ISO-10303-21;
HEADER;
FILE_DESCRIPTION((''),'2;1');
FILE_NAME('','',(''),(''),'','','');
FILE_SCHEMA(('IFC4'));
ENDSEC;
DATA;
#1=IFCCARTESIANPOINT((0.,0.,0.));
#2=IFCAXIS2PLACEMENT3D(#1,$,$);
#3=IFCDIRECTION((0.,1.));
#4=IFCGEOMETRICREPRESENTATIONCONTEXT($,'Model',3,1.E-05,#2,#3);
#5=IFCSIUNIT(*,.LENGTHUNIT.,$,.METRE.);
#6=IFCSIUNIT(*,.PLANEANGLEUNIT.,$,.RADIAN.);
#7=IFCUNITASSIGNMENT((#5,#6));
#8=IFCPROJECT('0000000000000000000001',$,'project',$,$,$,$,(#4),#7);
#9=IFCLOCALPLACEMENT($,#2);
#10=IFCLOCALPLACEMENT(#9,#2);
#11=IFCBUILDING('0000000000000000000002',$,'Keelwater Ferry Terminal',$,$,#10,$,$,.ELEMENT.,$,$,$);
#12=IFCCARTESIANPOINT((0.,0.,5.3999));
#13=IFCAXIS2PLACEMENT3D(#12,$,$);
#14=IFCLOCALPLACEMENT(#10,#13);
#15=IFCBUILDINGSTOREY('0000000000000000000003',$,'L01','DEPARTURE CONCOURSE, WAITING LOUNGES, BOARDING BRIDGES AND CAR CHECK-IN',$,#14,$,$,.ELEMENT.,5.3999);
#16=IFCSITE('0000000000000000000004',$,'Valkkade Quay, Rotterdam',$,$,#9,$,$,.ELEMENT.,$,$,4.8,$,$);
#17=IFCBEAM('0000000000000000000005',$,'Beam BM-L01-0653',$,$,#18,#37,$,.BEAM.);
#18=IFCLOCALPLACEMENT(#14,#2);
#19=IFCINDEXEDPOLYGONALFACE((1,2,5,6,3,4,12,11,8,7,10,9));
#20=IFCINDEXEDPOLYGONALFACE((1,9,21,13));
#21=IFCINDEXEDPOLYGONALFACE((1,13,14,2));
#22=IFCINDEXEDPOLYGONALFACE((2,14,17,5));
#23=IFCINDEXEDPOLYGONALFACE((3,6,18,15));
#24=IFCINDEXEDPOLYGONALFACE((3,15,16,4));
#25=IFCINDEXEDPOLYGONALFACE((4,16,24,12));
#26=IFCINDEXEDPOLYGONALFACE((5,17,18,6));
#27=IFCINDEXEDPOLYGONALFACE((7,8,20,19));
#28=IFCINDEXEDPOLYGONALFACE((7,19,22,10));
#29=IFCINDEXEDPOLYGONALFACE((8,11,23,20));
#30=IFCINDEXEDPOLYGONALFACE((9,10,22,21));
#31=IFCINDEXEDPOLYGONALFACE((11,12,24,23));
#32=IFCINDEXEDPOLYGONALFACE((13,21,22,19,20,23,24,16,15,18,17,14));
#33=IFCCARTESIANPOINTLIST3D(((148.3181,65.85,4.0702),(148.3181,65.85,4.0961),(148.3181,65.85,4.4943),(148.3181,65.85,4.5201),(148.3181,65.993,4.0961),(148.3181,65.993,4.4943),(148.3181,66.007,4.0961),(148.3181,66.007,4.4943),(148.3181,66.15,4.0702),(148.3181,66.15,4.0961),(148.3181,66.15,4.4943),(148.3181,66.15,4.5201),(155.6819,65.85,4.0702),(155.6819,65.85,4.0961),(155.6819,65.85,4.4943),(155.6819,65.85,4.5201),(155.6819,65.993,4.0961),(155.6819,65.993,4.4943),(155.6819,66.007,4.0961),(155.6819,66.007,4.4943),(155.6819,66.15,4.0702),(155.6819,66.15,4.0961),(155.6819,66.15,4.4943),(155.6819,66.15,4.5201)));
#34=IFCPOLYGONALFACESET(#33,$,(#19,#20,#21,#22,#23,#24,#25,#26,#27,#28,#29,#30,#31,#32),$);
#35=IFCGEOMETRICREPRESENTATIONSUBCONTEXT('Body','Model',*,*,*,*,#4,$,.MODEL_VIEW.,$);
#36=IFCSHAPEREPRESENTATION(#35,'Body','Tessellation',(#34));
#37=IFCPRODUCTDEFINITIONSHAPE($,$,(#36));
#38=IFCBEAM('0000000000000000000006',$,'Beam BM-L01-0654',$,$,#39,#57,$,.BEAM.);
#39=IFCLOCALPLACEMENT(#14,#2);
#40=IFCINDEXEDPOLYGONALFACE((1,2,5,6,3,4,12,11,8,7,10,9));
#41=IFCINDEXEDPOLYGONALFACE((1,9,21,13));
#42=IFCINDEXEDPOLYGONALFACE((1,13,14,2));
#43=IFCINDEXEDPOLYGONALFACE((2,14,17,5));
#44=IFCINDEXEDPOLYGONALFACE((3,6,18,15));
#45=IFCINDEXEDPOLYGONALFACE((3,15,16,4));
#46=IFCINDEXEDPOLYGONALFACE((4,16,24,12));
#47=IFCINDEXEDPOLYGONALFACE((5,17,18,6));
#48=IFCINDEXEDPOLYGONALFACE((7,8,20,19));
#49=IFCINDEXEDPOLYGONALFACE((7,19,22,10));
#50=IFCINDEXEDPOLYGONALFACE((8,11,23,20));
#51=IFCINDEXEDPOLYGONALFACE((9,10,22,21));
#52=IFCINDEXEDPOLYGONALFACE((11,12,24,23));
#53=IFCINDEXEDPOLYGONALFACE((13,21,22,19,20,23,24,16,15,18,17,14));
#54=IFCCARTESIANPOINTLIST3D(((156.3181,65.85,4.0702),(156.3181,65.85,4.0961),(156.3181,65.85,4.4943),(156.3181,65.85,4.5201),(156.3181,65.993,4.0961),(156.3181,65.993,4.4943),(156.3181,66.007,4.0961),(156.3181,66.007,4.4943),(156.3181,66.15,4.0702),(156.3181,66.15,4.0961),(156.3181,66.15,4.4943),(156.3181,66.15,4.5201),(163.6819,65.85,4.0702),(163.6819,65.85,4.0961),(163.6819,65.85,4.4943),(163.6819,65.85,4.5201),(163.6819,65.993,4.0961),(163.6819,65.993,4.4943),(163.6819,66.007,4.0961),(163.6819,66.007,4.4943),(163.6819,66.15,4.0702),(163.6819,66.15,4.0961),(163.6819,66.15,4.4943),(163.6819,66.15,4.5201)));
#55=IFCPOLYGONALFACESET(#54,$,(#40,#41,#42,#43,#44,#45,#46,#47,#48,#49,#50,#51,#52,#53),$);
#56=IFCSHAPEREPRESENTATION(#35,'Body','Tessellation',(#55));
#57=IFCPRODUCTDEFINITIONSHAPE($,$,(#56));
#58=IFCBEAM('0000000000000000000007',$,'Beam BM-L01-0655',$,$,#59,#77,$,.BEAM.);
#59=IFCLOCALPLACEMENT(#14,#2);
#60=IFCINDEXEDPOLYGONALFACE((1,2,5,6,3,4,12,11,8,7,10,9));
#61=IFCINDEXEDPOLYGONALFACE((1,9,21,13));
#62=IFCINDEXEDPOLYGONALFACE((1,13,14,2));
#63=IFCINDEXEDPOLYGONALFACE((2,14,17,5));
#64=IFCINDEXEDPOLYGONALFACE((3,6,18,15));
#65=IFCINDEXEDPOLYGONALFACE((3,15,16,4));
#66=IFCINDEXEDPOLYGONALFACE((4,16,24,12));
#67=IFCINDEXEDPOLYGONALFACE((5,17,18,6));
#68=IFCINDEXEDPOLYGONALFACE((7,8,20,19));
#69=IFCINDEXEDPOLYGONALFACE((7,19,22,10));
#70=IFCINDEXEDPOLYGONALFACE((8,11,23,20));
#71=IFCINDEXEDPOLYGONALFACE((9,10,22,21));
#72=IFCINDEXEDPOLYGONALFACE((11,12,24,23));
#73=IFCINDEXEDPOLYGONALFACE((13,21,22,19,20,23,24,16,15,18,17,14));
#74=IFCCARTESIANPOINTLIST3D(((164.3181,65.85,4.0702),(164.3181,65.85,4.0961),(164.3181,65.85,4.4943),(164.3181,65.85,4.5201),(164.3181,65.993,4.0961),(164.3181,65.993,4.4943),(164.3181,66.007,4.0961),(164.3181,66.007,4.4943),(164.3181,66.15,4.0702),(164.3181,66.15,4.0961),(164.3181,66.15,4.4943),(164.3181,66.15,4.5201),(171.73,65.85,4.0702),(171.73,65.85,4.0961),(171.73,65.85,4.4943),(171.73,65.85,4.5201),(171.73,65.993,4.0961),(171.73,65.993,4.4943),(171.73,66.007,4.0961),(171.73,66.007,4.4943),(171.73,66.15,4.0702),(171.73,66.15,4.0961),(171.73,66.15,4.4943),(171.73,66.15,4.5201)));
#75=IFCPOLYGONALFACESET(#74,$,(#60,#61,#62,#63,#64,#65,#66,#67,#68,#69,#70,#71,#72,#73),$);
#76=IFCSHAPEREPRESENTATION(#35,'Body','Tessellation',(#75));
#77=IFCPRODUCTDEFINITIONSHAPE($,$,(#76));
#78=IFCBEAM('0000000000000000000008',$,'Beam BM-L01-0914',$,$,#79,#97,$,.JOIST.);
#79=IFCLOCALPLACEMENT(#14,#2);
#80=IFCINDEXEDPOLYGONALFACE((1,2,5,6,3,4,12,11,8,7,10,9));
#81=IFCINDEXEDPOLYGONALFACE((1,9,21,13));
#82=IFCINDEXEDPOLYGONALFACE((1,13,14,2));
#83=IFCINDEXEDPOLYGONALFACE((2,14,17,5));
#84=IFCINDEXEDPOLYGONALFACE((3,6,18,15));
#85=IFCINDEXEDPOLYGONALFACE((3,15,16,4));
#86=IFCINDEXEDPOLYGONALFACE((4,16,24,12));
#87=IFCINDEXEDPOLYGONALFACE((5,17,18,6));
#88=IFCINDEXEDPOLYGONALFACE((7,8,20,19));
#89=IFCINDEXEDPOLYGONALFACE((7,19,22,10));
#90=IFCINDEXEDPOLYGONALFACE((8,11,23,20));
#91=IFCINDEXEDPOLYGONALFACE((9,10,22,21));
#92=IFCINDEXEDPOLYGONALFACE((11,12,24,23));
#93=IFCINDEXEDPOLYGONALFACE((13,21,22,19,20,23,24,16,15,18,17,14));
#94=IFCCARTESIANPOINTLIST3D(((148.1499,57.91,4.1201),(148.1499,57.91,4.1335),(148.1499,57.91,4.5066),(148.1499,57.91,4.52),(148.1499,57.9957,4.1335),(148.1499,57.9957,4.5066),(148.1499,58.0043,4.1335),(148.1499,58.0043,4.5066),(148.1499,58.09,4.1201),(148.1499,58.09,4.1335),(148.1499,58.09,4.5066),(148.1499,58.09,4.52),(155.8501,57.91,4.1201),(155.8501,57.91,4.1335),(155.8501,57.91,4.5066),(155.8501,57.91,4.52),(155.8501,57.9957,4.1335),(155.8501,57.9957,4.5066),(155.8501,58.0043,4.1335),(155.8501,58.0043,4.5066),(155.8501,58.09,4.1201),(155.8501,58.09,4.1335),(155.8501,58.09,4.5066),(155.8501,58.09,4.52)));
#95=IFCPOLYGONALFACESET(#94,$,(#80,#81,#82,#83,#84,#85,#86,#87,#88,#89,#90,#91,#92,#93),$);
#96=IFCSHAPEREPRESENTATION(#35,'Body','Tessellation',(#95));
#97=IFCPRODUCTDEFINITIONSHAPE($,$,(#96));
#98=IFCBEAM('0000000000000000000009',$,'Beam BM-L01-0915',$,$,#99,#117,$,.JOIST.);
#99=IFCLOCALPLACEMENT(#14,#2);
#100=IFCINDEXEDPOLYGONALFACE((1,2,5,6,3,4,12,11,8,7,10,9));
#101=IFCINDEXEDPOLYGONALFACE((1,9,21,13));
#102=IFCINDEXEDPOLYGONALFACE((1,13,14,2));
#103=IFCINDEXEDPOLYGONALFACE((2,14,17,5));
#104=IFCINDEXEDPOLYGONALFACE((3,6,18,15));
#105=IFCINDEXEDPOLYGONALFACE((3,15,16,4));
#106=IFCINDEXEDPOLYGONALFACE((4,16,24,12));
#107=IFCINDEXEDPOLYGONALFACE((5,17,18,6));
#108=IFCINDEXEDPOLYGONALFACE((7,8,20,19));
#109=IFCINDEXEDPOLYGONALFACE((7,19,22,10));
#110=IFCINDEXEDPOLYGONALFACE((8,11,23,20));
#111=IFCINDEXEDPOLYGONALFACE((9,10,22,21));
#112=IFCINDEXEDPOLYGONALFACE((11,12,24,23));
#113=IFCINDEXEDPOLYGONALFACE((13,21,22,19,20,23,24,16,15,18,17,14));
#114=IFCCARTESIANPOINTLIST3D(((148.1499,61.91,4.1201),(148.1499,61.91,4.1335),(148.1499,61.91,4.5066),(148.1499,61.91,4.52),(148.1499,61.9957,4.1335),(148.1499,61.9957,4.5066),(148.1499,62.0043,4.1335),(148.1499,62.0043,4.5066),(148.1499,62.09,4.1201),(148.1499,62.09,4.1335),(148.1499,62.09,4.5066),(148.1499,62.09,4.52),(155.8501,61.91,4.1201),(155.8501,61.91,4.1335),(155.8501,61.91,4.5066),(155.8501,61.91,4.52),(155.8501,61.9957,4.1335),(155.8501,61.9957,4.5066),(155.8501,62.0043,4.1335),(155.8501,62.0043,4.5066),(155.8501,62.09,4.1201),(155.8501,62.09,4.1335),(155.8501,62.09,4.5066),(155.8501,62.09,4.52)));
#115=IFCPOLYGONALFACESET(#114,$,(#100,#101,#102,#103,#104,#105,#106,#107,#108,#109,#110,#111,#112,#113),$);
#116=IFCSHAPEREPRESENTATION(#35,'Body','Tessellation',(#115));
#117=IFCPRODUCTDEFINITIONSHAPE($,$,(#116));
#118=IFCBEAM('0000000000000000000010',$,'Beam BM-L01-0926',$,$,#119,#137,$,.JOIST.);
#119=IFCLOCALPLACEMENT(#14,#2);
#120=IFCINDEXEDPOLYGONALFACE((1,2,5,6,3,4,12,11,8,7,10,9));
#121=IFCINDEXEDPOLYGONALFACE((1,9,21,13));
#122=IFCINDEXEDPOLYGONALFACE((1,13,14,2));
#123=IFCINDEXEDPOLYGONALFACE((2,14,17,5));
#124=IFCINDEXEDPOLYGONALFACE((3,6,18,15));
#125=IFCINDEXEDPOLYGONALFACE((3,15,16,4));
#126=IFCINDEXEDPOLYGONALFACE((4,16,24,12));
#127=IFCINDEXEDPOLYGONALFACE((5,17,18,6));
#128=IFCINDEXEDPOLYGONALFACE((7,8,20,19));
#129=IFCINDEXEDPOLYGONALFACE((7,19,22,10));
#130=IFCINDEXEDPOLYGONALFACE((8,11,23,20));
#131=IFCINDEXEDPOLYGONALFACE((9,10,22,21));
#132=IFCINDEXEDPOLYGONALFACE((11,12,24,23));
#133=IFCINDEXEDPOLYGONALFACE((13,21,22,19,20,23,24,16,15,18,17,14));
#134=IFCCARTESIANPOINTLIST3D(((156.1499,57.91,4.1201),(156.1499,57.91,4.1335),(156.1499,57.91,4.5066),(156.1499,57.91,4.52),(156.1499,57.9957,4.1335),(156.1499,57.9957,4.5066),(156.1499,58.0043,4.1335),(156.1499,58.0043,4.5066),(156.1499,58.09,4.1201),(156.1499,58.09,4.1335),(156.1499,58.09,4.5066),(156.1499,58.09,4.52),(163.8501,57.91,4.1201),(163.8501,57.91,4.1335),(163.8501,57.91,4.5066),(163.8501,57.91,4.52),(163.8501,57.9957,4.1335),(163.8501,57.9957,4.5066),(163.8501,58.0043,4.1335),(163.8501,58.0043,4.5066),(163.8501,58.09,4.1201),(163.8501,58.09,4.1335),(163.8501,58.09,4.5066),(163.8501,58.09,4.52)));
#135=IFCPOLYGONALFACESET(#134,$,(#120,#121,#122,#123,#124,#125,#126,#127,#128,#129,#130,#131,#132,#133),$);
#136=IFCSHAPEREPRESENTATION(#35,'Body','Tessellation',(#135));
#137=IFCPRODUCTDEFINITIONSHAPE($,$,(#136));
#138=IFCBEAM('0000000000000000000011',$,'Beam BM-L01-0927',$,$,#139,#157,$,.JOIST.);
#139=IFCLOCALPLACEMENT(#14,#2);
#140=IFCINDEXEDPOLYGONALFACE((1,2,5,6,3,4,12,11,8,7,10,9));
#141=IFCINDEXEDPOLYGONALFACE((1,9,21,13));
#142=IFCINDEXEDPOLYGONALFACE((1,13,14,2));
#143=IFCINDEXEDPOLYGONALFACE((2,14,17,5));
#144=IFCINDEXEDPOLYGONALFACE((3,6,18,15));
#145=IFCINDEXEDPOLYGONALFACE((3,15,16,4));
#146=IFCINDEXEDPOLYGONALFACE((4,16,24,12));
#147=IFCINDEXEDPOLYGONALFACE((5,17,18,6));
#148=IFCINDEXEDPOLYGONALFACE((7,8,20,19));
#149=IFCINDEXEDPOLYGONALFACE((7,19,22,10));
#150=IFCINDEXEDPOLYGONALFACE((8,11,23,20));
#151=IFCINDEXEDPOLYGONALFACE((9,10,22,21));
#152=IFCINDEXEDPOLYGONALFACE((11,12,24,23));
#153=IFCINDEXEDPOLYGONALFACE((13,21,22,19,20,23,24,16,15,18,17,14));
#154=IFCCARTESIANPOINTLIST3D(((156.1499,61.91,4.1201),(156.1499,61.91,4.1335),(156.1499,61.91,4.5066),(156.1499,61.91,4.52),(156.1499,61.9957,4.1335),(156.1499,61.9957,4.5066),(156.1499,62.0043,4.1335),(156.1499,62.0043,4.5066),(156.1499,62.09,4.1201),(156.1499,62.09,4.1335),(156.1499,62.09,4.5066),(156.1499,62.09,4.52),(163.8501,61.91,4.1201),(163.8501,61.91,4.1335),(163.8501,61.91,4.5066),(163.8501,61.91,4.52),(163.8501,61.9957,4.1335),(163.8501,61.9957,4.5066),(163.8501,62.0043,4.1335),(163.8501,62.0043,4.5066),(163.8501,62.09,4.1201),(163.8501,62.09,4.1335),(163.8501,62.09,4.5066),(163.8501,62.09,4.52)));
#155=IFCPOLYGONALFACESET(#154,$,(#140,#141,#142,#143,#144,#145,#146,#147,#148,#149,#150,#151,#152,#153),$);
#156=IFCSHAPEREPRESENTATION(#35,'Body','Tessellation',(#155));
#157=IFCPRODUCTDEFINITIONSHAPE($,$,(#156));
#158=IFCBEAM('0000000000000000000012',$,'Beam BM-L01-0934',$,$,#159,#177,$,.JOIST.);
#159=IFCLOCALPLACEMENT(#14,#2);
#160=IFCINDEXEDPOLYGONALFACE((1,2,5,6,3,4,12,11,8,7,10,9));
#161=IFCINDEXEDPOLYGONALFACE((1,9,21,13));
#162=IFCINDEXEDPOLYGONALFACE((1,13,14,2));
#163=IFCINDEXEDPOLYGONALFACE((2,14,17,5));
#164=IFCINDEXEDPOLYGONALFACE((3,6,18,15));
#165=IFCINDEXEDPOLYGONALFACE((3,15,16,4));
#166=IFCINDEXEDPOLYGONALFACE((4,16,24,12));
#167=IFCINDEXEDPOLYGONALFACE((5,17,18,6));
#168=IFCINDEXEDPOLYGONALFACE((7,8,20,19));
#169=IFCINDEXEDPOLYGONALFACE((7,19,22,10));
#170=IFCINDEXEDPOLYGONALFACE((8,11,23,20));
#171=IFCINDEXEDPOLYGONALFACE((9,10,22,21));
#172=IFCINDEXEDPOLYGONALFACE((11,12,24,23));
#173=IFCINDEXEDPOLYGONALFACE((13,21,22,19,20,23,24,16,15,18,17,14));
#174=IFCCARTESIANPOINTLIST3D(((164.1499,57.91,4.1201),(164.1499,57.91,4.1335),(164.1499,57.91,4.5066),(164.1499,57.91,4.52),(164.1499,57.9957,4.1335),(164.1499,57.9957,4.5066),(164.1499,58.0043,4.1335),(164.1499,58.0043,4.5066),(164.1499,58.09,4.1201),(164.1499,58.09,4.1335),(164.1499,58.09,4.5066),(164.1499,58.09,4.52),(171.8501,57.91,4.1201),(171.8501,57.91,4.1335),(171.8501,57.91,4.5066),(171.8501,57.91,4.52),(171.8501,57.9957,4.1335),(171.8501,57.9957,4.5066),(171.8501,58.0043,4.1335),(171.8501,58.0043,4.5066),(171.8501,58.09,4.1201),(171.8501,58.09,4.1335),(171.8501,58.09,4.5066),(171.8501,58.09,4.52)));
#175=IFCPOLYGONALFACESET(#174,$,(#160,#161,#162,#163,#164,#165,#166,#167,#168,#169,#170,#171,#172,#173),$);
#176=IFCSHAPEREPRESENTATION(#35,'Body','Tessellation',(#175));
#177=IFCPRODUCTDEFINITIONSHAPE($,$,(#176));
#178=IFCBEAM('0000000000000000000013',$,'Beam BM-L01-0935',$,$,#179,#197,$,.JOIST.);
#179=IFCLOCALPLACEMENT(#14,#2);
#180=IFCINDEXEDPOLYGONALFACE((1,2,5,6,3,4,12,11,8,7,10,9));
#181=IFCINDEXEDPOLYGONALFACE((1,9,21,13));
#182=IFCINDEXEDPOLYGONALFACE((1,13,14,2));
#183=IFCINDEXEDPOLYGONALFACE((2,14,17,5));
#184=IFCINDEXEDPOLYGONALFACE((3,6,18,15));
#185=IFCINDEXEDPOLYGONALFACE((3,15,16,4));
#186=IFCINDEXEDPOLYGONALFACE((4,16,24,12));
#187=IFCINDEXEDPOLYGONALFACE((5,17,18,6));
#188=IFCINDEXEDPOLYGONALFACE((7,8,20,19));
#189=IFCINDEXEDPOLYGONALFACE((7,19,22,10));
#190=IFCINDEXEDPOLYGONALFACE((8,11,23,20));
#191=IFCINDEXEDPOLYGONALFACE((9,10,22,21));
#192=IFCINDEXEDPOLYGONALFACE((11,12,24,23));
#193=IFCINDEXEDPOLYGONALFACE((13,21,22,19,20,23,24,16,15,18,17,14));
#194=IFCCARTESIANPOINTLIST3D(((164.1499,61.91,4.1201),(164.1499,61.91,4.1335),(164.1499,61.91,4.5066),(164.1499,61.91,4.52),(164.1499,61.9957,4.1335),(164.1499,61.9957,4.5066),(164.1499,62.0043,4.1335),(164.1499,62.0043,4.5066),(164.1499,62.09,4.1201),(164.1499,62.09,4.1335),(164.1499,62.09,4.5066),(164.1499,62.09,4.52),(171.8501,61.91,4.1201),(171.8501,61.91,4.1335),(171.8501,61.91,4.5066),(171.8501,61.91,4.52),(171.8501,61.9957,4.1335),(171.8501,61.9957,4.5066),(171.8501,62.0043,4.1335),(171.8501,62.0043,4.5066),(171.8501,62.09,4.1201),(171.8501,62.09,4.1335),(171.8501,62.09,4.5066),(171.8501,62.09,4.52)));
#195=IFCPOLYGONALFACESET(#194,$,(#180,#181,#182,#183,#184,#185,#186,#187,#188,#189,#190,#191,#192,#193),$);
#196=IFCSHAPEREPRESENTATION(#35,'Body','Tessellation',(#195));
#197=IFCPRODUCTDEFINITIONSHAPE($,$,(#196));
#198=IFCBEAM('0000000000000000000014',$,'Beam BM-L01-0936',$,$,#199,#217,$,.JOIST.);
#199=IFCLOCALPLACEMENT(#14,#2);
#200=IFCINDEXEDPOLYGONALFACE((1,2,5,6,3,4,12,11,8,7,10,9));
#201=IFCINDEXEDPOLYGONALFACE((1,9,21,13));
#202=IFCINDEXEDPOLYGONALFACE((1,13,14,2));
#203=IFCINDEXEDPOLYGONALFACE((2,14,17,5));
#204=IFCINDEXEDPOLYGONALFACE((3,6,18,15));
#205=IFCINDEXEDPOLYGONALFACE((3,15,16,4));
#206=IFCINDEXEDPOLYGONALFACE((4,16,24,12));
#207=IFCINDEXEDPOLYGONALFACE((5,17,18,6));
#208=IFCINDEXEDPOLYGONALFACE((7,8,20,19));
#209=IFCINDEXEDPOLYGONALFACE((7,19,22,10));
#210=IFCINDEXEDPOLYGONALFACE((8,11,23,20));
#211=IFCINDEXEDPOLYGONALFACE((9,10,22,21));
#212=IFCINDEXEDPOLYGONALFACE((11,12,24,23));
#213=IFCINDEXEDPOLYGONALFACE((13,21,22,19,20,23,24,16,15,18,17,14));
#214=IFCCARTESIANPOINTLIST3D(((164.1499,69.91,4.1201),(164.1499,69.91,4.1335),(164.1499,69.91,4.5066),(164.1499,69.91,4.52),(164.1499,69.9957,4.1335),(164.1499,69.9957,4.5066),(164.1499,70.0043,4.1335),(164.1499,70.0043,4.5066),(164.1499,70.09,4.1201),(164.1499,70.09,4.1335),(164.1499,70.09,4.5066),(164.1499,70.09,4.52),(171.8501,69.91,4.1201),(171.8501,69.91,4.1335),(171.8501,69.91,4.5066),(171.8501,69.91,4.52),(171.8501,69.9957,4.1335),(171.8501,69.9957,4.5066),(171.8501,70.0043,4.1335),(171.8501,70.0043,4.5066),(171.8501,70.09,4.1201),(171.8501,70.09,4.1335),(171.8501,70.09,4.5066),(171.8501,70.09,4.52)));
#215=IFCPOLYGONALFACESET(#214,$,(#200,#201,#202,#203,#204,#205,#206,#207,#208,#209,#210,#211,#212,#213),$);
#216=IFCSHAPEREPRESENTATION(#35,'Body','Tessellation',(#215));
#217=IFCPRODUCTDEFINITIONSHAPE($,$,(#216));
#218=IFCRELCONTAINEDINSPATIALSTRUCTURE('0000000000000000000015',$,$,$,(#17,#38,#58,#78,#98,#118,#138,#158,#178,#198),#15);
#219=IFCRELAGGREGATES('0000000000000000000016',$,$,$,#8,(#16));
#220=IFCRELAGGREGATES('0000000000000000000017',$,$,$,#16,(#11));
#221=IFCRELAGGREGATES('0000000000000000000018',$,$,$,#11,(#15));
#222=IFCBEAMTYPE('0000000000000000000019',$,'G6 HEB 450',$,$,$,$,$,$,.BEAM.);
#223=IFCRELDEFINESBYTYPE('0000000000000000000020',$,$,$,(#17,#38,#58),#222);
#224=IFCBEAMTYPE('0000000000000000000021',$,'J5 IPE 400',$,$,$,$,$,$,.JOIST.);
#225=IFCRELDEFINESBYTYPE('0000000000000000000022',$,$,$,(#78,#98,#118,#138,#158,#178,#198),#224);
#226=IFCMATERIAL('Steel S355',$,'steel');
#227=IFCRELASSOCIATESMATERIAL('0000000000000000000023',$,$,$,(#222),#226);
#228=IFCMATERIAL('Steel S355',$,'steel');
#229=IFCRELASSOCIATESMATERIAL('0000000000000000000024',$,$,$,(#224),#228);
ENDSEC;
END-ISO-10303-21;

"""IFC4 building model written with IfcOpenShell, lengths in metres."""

from ifc_helpers import new_model, si_unit, direction, frame, origin, origin_2d, place, context, subcontext, project, spatial, i_section, extrude, material, material_profile, profile_set, type_object, element, save


model = new_model("IFC4")

# Units and contexts
model_context = context("Model", 3, precision=1e-05, world=origin(), true_north=direction((0.0, 1.0)))
body_context = subcontext(model_context, "Body", "Model", "MODEL_VIEW")
ifc_project = project(units=[si_unit("LENGTHUNIT", "METRE"), si_unit("PLANEANGLEUNIT", "RADIAN")], contexts=[model_context])

# Site, building, storey
site_placement = place(None, origin())
site = spatial("IfcSite", under=ifc_project, at=site_placement, Name="Valkkade Quay, Rotterdam", CompositionType="ELEMENT", RefElevation=4.8)
building_placement = place(site_placement, origin())
building = spatial("IfcBuilding", under=site, at=building_placement, Name="Keelwater Ferry Terminal", CompositionType="ELEMENT")
storey_placement = place(building_placement, frame((0.0, 0.0, 5.3999)))
storey = spatial("IfcBuildingStorey", under=building, at=storey_placement, Name="L01", Description="DEPARTURE CONCOURSE, WAITING LOUNGES, BOARDING BRIDGES AND CAR CHECK-IN", CompositionType="ELEMENT", Elevation=5.3999)

# Beams
ifc_material_1 = material(Name="Steel S355", Category="steel")
ifc_material_profile_1 = material_profile(ifc_material_1, i_section(OverallWidth=0.3, OverallDepth=0.45, WebThickness=0.0139, FlangeThickness=0.0259, at=origin_2d()), Name="HEB 450")
ifc_profile_set_1 = profile_set([ifc_material_profile_1], Name="Steel S355")
beam_type_1 = type_object("IfcBeamType", Name="G6 HEB 450", PredefinedType="BEAM", material=ifc_profile_set_1)
for number, where, z_axis, x_axis, name in (
    (1, (148.3181, 66.0, 4.2952), (1.0, 0.0, 0.0), (0.0, 1.0, 0.0), "Beam BM-L01-0653"),
    (2, (156.3181, 66.0, 4.2952), (1.0, 0.0, 0.0), (0.0, 1.0, 0.0), "Beam BM-L01-0654"),
):
    element("IfcBeam", number, at=place(storey_placement, frame(where, z_axis=z_axis, x_axis=x_axis)), inside=storey, type_object=beam_type_1, Name=name, PredefinedType="BEAM", context=body_context, shape_type="SweptSolid", body=[
        extrude(i_section(OverallWidth=0.3, OverallDepth=0.45, WebThickness=0.0139, FlangeThickness=0.0259, at=origin_2d()), origin(), (0.0, 0.0, 1.0), 7.3638),
    ])
beam_1_placement = place(storey_placement, frame((164.3181, 66.0, 4.2952), z_axis=(1.0, 0.0, 0.0), x_axis=(0.0, 1.0, 0.0)))
element("IfcBeam", 3, at=beam_1_placement, inside=storey, type_object=beam_type_1, Name="Beam BM-L01-0655", PredefinedType="BEAM", context=body_context, shape_type="SweptSolid", body=[
    extrude(i_section(OverallWidth=0.3, OverallDepth=0.45, WebThickness=0.0139, FlangeThickness=0.0259, at=origin_2d()), origin(), (0.0, 0.0, 1.0), 7.4119),
])
ifc_material_2 = material(Name="Steel S355", Category="steel")
ifc_material_profile_2 = material_profile(ifc_material_2, i_section(OverallWidth=0.1799, OverallDepth=0.3999, WebThickness=0.0085, FlangeThickness=0.0134, at=origin_2d()), Name="IPE 400")
ifc_profile_set_2 = profile_set([ifc_material_profile_2], Name="Steel S355")
beam_type_2 = type_object("IfcBeamType", Name="J5 IPE 400", PredefinedType="JOIST", material=ifc_profile_set_2)
for number, where, z_axis, x_axis, name in (
    (4, (148.1499, 58.0, 4.3201), (1.0, 0.0, 0.0), (0.0, 1.0, 0.0), "Beam BM-L01-0914"),
    (5, (148.1499, 62.0, 4.3201), (1.0, 0.0, 0.0), (0.0, 1.0, 0.0), "Beam BM-L01-0915"),
    (6, (156.1499, 58.0, 4.3201), (1.0, 0.0, 0.0), (0.0, 1.0, 0.0), "Beam BM-L01-0926"),
    (7, (156.1499, 62.0, 4.3201), (1.0, 0.0, 0.0), (0.0, 1.0, 0.0), "Beam BM-L01-0927"),
    (8, (164.1499, 58.0, 4.3201), (1.0, 0.0, 0.0), (0.0, 1.0, 0.0), "Beam BM-L01-0934"),
    (9, (164.1499, 62.0, 4.3201), (1.0, 0.0, 0.0), (0.0, 1.0, 0.0), "Beam BM-L01-0935"),
    (10, (164.1499, 70.0, 4.3201), (1.0, 0.0, 0.0), (0.0, 1.0, 0.0), "Beam BM-L01-0936"),
):
    element("IfcBeam", number, at=place(storey_placement, frame(where, z_axis=z_axis, x_axis=x_axis)), inside=storey, type_object=beam_type_2, Name=name, PredefinedType="JOIST", context=body_context, shape_type="SweptSolid", body=[
        extrude(i_section(OverallWidth=0.1799, OverallDepth=0.3999, WebThickness=0.0085, FlangeThickness=0.0134, at=origin_2d()), origin(), (0.0, 0.0, 1.0), 7.7002),
    ])

save(model, "model.ifc")
